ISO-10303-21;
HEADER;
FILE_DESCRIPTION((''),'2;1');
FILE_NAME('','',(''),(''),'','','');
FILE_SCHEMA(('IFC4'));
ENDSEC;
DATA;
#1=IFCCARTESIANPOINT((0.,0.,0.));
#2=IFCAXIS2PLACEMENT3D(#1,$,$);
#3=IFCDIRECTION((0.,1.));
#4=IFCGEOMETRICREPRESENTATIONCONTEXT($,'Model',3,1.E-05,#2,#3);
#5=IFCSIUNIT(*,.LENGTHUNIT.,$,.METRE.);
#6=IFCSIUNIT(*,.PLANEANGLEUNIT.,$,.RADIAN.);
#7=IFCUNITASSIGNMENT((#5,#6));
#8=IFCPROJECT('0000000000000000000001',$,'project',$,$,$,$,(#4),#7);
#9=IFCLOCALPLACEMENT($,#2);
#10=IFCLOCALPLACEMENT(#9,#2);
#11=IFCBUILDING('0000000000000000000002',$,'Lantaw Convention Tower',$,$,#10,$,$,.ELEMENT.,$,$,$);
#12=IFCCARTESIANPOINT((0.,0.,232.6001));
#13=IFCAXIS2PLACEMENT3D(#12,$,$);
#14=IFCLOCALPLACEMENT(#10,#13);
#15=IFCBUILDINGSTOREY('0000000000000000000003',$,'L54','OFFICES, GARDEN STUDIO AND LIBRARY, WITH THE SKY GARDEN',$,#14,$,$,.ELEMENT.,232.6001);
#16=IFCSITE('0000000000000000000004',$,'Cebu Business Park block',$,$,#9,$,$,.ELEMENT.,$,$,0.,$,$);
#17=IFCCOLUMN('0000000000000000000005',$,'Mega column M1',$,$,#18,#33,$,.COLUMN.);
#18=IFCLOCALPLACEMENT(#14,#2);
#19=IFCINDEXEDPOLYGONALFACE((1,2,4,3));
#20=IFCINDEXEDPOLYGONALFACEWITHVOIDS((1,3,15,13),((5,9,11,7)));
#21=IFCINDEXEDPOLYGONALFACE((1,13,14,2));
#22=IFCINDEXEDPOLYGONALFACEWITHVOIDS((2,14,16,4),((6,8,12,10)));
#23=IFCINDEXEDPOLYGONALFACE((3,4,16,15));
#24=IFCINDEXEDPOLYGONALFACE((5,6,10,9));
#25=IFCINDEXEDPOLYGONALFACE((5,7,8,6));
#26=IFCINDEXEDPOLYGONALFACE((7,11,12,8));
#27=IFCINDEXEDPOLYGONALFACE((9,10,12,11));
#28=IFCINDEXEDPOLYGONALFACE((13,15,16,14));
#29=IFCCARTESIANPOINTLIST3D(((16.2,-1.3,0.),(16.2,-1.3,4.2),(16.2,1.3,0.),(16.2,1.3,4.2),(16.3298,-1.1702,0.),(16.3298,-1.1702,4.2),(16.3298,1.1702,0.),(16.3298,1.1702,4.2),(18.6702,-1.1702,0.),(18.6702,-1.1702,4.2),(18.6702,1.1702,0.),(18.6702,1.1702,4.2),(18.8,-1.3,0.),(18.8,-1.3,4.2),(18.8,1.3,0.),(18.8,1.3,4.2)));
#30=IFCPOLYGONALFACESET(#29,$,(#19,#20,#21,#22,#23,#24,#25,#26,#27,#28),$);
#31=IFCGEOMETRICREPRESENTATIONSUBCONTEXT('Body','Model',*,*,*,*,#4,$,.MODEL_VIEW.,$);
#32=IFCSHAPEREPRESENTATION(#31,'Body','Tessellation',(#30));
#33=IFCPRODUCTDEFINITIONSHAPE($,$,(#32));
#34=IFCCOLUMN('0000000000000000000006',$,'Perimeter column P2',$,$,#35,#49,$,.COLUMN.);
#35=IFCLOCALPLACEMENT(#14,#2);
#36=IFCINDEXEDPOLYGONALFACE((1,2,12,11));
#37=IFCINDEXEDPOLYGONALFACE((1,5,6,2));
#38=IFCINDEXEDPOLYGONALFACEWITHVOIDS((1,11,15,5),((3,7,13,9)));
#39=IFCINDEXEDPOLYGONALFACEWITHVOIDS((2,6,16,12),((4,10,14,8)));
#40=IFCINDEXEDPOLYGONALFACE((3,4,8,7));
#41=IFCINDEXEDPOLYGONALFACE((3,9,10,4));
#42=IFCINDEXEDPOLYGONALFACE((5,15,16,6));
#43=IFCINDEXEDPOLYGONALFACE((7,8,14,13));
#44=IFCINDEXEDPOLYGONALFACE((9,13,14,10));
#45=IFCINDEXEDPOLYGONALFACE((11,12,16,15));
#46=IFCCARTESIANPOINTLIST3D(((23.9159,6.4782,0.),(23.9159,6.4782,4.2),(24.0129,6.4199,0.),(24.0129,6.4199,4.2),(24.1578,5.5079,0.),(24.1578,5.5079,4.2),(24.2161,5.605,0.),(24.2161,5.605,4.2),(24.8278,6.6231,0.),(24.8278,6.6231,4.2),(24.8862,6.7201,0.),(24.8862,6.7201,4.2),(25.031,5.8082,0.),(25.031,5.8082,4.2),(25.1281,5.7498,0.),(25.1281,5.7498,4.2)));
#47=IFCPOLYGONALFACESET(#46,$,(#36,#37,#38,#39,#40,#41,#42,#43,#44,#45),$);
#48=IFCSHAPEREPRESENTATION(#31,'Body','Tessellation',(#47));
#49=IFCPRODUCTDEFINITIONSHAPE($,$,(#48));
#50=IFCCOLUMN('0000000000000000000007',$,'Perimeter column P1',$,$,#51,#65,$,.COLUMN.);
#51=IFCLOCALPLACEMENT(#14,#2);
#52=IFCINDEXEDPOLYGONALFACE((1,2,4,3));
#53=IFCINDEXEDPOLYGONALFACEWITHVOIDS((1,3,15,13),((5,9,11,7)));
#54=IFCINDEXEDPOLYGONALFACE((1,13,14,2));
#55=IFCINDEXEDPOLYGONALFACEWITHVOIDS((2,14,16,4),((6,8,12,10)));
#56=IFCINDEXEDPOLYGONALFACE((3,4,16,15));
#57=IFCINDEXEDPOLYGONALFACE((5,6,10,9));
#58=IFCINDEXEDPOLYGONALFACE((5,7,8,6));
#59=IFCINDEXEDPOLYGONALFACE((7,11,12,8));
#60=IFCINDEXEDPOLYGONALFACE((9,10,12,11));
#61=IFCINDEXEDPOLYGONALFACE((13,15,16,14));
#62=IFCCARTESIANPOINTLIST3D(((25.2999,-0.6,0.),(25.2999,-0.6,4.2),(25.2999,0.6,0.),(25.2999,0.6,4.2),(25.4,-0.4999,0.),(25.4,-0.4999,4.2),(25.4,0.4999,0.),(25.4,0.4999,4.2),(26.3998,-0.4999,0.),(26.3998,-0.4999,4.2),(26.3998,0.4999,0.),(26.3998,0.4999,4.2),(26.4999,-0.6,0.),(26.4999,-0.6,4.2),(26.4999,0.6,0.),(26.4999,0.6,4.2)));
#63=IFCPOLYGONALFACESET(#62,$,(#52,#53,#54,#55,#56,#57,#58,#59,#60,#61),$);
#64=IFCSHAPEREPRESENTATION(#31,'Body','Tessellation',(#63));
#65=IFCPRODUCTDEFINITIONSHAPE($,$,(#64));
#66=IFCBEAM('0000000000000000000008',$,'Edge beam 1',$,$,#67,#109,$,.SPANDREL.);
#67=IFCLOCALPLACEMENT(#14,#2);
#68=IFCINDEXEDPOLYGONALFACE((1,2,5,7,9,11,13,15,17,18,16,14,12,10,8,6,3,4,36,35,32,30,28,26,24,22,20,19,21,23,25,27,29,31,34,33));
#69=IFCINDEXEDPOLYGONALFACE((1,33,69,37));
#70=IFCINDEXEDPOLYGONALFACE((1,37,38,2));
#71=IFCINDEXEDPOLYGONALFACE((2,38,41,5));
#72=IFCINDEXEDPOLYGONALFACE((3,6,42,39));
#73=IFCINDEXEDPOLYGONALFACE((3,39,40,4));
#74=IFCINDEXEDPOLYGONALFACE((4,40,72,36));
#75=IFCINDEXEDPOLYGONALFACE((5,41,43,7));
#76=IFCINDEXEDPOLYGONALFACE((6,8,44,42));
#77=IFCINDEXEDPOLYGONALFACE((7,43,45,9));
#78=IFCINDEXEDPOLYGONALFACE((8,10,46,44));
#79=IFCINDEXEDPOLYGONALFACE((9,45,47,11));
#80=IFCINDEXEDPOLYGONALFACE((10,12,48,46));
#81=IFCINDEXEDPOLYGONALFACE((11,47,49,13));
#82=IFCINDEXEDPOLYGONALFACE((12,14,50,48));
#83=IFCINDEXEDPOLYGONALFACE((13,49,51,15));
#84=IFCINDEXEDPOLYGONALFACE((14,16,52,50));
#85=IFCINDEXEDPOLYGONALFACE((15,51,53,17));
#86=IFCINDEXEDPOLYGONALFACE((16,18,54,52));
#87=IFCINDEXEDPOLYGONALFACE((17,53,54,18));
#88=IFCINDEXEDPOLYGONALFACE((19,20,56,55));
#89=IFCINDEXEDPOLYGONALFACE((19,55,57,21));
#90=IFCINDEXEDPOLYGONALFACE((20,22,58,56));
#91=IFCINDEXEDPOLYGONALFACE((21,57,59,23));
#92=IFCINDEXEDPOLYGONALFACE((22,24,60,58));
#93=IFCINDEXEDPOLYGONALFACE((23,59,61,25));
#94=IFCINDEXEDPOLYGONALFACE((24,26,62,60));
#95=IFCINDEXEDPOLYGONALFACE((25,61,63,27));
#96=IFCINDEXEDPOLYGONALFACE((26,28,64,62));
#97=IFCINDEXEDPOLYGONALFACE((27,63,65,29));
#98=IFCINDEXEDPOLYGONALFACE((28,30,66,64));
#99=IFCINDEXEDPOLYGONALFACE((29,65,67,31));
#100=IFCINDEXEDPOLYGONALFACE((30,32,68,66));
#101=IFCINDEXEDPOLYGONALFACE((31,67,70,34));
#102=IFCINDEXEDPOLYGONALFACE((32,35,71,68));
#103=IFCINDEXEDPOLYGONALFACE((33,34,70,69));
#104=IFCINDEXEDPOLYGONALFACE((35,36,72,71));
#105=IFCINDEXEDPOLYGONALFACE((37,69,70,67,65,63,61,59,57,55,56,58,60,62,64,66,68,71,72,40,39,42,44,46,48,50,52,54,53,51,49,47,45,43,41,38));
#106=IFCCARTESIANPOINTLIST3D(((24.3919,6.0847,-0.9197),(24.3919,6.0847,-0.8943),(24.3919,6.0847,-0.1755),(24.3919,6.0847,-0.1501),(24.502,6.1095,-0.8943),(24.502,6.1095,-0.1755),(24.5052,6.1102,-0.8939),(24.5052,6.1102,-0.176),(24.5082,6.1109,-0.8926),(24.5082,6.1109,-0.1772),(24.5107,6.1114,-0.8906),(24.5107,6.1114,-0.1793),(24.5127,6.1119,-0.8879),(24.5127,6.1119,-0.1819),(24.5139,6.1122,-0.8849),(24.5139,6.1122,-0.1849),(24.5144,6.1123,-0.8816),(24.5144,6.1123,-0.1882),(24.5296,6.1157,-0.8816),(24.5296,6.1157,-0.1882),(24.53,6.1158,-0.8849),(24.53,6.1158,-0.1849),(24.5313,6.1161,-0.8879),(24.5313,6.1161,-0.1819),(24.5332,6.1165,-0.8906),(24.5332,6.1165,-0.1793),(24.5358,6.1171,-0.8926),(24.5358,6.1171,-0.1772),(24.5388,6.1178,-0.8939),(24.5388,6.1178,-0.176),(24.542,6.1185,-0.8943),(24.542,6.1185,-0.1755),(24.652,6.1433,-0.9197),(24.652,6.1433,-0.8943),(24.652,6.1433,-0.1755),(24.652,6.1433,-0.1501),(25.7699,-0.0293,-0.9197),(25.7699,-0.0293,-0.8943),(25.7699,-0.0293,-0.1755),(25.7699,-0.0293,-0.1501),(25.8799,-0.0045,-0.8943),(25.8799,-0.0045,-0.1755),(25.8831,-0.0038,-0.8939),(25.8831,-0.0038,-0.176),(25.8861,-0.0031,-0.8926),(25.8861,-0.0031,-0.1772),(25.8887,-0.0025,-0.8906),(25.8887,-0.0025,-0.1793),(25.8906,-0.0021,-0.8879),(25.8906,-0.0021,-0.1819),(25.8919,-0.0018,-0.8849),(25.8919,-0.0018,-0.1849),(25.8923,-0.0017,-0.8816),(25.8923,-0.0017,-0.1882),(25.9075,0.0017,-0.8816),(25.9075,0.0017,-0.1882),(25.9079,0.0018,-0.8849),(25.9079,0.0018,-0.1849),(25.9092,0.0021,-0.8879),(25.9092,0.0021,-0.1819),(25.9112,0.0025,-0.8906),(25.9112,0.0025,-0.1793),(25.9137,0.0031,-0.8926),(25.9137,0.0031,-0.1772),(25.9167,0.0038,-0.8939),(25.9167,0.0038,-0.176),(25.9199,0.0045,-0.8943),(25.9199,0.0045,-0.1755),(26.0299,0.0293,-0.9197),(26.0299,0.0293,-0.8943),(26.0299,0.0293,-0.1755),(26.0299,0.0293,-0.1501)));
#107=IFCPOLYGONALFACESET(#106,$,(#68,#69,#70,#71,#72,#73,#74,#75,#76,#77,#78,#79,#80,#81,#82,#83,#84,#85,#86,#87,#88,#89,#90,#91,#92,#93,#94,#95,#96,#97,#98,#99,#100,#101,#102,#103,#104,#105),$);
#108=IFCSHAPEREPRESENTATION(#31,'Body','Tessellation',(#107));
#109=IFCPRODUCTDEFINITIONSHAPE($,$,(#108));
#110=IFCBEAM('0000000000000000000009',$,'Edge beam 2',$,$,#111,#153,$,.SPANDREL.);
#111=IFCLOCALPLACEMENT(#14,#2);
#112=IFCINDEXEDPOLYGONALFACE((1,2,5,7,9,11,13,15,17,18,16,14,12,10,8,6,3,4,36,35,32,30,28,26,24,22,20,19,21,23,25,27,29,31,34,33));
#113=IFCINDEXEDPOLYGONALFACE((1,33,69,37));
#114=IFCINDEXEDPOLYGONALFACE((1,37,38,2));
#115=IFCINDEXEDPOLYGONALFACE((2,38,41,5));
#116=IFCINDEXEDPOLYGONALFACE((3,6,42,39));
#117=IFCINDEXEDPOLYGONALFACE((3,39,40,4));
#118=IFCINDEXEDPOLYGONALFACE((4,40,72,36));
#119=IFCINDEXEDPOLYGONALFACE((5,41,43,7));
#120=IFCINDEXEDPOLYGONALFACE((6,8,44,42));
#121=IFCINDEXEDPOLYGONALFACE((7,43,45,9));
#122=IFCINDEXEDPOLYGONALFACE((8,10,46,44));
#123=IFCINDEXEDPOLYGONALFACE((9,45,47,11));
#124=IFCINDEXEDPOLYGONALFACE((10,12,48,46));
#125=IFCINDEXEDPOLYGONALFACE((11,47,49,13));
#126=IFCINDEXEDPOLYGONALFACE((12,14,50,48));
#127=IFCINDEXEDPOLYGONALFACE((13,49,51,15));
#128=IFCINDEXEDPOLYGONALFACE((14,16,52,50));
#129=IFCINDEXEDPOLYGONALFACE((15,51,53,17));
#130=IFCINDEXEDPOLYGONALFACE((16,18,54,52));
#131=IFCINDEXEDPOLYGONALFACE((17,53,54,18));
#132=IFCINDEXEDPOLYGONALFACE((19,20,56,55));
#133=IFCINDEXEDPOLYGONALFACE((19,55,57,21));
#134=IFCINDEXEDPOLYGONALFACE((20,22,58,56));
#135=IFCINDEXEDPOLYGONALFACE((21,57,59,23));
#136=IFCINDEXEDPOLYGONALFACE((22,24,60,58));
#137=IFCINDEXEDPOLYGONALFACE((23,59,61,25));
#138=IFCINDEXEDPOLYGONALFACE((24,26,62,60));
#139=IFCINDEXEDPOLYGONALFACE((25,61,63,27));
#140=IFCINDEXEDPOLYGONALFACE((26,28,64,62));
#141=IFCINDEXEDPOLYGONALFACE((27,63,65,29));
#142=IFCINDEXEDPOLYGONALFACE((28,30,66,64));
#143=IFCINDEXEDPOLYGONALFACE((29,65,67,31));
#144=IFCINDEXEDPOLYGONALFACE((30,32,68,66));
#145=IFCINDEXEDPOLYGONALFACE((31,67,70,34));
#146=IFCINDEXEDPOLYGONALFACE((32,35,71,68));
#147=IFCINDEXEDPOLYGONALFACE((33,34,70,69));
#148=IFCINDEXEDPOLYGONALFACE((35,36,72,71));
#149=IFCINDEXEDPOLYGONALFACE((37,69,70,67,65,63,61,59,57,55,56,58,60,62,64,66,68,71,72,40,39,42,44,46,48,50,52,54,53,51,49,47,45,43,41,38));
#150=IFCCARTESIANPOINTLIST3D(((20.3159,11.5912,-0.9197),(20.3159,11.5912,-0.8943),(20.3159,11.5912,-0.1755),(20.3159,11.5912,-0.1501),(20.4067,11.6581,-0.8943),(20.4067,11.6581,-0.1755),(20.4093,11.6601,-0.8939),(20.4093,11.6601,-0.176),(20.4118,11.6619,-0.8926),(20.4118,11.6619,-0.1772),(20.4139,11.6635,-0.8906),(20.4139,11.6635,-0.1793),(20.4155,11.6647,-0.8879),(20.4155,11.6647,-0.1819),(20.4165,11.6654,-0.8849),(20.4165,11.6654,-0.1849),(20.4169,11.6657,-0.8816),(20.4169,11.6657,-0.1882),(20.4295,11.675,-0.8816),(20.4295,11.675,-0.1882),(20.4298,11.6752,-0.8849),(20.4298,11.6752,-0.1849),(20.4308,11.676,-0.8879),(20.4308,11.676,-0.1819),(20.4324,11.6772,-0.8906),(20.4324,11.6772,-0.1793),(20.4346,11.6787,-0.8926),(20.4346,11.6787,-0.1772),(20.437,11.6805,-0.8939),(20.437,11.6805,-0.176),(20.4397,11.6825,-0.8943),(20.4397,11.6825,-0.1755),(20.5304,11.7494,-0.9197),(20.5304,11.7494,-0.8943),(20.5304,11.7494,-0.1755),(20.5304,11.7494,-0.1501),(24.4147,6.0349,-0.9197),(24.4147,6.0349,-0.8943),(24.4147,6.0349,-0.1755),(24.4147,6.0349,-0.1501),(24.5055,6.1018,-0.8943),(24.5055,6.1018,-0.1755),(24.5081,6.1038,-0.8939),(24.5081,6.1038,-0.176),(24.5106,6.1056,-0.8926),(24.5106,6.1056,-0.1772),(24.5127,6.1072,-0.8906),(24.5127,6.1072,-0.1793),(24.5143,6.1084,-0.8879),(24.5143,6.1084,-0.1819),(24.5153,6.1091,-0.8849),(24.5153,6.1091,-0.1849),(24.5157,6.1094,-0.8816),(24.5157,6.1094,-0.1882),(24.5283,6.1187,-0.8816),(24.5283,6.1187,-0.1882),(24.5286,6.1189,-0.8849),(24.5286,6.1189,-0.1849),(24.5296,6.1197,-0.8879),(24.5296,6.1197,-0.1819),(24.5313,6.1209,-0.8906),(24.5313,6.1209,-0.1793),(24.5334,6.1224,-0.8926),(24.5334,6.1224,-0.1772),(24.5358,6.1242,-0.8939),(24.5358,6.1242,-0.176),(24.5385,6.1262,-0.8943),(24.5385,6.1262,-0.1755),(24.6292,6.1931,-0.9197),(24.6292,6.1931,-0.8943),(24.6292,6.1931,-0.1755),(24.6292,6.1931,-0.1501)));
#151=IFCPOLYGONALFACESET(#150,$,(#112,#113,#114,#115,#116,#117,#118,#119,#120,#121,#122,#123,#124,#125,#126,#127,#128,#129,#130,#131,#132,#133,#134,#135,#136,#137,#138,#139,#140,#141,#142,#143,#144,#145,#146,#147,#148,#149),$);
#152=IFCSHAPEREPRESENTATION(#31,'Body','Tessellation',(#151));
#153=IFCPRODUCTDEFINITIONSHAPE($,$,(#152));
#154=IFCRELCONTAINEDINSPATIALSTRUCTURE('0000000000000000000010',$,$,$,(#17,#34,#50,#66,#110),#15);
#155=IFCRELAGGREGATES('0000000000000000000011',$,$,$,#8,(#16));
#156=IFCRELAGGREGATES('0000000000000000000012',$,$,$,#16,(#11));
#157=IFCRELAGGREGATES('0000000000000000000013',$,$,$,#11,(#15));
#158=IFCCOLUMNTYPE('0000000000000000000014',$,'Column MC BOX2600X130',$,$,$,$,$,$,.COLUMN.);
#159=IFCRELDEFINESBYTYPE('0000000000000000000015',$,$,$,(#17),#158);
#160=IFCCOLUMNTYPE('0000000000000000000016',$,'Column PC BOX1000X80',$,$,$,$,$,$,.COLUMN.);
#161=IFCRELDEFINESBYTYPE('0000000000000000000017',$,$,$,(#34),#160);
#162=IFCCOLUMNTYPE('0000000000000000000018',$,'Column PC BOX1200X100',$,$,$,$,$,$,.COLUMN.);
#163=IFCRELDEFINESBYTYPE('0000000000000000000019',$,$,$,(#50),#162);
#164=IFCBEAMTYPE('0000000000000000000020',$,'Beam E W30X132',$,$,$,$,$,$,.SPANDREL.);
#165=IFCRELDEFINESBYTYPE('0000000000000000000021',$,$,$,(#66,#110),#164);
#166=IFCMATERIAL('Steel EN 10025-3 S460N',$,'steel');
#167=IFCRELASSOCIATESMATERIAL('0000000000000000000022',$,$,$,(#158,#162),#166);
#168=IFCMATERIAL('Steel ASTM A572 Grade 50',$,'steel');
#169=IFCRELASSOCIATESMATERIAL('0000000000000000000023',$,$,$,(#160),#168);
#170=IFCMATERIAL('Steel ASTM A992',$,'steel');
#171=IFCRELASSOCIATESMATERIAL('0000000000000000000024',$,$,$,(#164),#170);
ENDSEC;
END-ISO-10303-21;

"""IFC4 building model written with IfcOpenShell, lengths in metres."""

from ifc_helpers import new_model, si_unit, direction, frame, origin, origin_2d, place, context, subcontext, project, spatial, rectangle, hollow_rectangle, i_section, extrude, material, material_profile, profile_set, type_object, element, save


model = new_model("IFC4")

# Units and contexts
model_context = context("Model", 3, precision=1e-05, world=origin(), true_north=direction((0.0, 1.0)))
body_context = subcontext(model_context, "Body", "Model", "MODEL_VIEW")
ifc_project = project(units=[si_unit("LENGTHUNIT", "METRE"), si_unit("PLANEANGLEUNIT", "RADIAN")], contexts=[model_context])

# Site, building, storey
site_placement = place(None, origin())
site = spatial("IfcSite", under=ifc_project, at=site_placement, Name="Cebu Business Park block", CompositionType="ELEMENT", RefElevation=0.0)
building_placement = place(site_placement, origin())
building = spatial("IfcBuilding", under=site, at=building_placement, Name="Lantaw Convention Tower", CompositionType="ELEMENT")
storey_placement = place(building_placement, frame((0.0, 0.0, 232.6001)))
storey = spatial("IfcBuildingStorey", under=building, at=storey_placement, Name="L54", Description="OFFICES, GARDEN STUDIO AND LIBRARY, WITH THE SKY GARDEN", CompositionType="ELEMENT", Elevation=232.6001)

# Columns
ifc_material_1 = material(Name="Steel EN 10025-3 S460N", Category="steel")
ifc_material_profile_1 = material_profile(ifc_material_1, hollow_rectangle(XDim=2.6001, YDim=2.6001, WallThickness=0.1299, at=origin_2d()), Name="BOX2600X130")
ifc_material_2 = material(Name="Concrete C60/75", Category="concrete")
ifc_material_profile_2 = material_profile(ifc_material_2, rectangle(XDim=2.3401, YDim=2.3401, at=origin_2d()), Name="Concrete fill of BOX2600X130")
ifc_profile_set_1 = profile_set([ifc_material_profile_1, ifc_material_profile_2], Name="Steel EN 10025-3 S460N")
column_type_1 = type_object("IfcColumnType", Name="Column MC BOX2600X130", PredefinedType="COLUMN", material=ifc_profile_set_1)
column_1_placement = place(storey_placement, frame((17.5, 0.0, 0.0), z_axis=(0.0, 0.0, 1.0), x_axis=(1.0, 0.0, 0.0)))
element("IfcColumn", 1, at=column_1_placement, inside=storey, type_object=column_type_1, Name="Mega column M1", PredefinedType="COLUMN", context=body_context, shape_type="SweptSolid", body=[
    extrude(hollow_rectangle(XDim=2.6001, YDim=2.6001, WallThickness=0.1299, at=origin_2d()), origin(), (0.0, 0.0, 1.0), 4.2),
])
ifc_material_3 = material(Name="Steel ASTM A572 Grade 50", Category="steel")
ifc_material_profile_3 = material_profile(ifc_material_3, hollow_rectangle(XDim=1.0, YDim=1.0, WallThickness=0.0801, at=origin_2d()), Name="BOX1000X80")
ifc_material_profile_4 = material_profile(ifc_material_2, rectangle(XDim=0.8401, YDim=0.8401, at=origin_2d()), Name="Concrete fill of BOX1000X80")
ifc_profile_set_2 = profile_set([ifc_material_profile_3, ifc_material_profile_4], Name="Steel ASTM A572 Grade 50")
column_type_2 = type_object("IfcColumnType", Name="Column PC BOX1000X80", PredefinedType="COLUMN", material=ifc_profile_set_2)
column_2_placement = place(storey_placement, frame((24.522, 6.114, 0.0), z_axis=(0.0, 0.0, 1.0), x_axis=(0.970296, 0.241922, 0.0)))
element("IfcColumn", 2, at=column_2_placement, inside=storey, type_object=column_type_2, Name="Perimeter column P2", PredefinedType="COLUMN", context=body_context, shape_type="SweptSolid", body=[
    extrude(hollow_rectangle(XDim=1.0, YDim=1.0, WallThickness=0.0801, at=origin_2d()), origin(), (0.0, 0.0, 1.0), 4.2),
])
ifc_material_profile_5 = material_profile(ifc_material_1, hollow_rectangle(XDim=1.2, YDim=1.2, WallThickness=0.1001, at=origin_2d()), Name="BOX1200X100")
ifc_material_profile_6 = material_profile(ifc_material_2, rectangle(XDim=1.0, YDim=1.0, at=origin_2d()), Name="Concrete fill of BOX1200X100")
ifc_profile_set_3 = profile_set([ifc_material_profile_5, ifc_material_profile_6], Name="Steel EN 10025-3 S460N")
column_type_3 = type_object("IfcColumnType", Name="Column PC BOX1200X100", PredefinedType="COLUMN", material=ifc_profile_set_3)
column_3_placement = place(storey_placement, frame((25.8999, 0.0, 0.0), z_axis=(0.0, 0.0, 1.0), x_axis=(1.0, 0.0, 0.0)))
element("IfcColumn", 3, at=column_3_placement, inside=storey, type_object=column_type_3, Name="Perimeter column P1", PredefinedType="COLUMN", context=body_context, shape_type="SweptSolid", body=[
    extrude(hollow_rectangle(XDim=1.2, YDim=1.2, WallThickness=0.1001, at=origin_2d()), origin(), (0.0, 0.0, 1.0), 4.2),
])

# Beams
ifc_material_4 = material(Name="Steel ASTM A992", Category="steel")
ifc_material_profile_7 = material_profile(ifc_material_4, i_section(OverallWidth=0.2666, OverallDepth=0.7695, WebThickness=0.0156, FlangeThickness=0.0254, FilletRadius=0.0127, at=origin_2d()), Name="W30X132")
ifc_profile_set_4 = profile_set([ifc_material_profile_7], Name="Steel ASTM A992")
beam_type_1 = type_object("IfcBeamType", Name="Beam E W30X132", PredefinedType="SPANDREL", material=ifc_profile_set_4)
beam_1_placement = place(storey_placement, frame((25.8999, 0.0, -0.5349), z_axis=(-0.219858, 0.975532, 0.0), x_axis=(-0.975532, -0.219858, 0.0)))
element("IfcBeam", 4, at=beam_1_placement, inside=storey, type_object=beam_type_1, Name="Edge beam 1", PredefinedType="SPANDREL", context=body_context, shape_type="SweptSolid", body=[
    extrude(i_section(OverallWidth=0.2666, OverallDepth=0.7695, WebThickness=0.0156, FlangeThickness=0.0254, FilletRadius=0.0127, at=origin_2d()), origin(), (0.0, 0.0, 1.0), 6.2673),
])
beam_2_placement = place(storey_placement, frame((24.522, 6.114, -0.5349), z_axis=(-0.593639, 0.804731, 0.0), x_axis=(-0.804731, -0.593639, 0.0)))
element("IfcBeam", 5, at=beam_2_placement, inside=storey, type_object=beam_type_1, Name="Edge beam 2", PredefinedType="SPANDREL", context=body_context, shape_type="SweptSolid", body=[
    extrude(i_section(OverallWidth=0.2666, OverallDepth=0.7695, WebThickness=0.0156, FlangeThickness=0.0254, FilletRadius=0.0127, at=origin_2d()), origin(), (0.0, 0.0, 1.0), 6.9045),
])

save(model, "model.ifc")
